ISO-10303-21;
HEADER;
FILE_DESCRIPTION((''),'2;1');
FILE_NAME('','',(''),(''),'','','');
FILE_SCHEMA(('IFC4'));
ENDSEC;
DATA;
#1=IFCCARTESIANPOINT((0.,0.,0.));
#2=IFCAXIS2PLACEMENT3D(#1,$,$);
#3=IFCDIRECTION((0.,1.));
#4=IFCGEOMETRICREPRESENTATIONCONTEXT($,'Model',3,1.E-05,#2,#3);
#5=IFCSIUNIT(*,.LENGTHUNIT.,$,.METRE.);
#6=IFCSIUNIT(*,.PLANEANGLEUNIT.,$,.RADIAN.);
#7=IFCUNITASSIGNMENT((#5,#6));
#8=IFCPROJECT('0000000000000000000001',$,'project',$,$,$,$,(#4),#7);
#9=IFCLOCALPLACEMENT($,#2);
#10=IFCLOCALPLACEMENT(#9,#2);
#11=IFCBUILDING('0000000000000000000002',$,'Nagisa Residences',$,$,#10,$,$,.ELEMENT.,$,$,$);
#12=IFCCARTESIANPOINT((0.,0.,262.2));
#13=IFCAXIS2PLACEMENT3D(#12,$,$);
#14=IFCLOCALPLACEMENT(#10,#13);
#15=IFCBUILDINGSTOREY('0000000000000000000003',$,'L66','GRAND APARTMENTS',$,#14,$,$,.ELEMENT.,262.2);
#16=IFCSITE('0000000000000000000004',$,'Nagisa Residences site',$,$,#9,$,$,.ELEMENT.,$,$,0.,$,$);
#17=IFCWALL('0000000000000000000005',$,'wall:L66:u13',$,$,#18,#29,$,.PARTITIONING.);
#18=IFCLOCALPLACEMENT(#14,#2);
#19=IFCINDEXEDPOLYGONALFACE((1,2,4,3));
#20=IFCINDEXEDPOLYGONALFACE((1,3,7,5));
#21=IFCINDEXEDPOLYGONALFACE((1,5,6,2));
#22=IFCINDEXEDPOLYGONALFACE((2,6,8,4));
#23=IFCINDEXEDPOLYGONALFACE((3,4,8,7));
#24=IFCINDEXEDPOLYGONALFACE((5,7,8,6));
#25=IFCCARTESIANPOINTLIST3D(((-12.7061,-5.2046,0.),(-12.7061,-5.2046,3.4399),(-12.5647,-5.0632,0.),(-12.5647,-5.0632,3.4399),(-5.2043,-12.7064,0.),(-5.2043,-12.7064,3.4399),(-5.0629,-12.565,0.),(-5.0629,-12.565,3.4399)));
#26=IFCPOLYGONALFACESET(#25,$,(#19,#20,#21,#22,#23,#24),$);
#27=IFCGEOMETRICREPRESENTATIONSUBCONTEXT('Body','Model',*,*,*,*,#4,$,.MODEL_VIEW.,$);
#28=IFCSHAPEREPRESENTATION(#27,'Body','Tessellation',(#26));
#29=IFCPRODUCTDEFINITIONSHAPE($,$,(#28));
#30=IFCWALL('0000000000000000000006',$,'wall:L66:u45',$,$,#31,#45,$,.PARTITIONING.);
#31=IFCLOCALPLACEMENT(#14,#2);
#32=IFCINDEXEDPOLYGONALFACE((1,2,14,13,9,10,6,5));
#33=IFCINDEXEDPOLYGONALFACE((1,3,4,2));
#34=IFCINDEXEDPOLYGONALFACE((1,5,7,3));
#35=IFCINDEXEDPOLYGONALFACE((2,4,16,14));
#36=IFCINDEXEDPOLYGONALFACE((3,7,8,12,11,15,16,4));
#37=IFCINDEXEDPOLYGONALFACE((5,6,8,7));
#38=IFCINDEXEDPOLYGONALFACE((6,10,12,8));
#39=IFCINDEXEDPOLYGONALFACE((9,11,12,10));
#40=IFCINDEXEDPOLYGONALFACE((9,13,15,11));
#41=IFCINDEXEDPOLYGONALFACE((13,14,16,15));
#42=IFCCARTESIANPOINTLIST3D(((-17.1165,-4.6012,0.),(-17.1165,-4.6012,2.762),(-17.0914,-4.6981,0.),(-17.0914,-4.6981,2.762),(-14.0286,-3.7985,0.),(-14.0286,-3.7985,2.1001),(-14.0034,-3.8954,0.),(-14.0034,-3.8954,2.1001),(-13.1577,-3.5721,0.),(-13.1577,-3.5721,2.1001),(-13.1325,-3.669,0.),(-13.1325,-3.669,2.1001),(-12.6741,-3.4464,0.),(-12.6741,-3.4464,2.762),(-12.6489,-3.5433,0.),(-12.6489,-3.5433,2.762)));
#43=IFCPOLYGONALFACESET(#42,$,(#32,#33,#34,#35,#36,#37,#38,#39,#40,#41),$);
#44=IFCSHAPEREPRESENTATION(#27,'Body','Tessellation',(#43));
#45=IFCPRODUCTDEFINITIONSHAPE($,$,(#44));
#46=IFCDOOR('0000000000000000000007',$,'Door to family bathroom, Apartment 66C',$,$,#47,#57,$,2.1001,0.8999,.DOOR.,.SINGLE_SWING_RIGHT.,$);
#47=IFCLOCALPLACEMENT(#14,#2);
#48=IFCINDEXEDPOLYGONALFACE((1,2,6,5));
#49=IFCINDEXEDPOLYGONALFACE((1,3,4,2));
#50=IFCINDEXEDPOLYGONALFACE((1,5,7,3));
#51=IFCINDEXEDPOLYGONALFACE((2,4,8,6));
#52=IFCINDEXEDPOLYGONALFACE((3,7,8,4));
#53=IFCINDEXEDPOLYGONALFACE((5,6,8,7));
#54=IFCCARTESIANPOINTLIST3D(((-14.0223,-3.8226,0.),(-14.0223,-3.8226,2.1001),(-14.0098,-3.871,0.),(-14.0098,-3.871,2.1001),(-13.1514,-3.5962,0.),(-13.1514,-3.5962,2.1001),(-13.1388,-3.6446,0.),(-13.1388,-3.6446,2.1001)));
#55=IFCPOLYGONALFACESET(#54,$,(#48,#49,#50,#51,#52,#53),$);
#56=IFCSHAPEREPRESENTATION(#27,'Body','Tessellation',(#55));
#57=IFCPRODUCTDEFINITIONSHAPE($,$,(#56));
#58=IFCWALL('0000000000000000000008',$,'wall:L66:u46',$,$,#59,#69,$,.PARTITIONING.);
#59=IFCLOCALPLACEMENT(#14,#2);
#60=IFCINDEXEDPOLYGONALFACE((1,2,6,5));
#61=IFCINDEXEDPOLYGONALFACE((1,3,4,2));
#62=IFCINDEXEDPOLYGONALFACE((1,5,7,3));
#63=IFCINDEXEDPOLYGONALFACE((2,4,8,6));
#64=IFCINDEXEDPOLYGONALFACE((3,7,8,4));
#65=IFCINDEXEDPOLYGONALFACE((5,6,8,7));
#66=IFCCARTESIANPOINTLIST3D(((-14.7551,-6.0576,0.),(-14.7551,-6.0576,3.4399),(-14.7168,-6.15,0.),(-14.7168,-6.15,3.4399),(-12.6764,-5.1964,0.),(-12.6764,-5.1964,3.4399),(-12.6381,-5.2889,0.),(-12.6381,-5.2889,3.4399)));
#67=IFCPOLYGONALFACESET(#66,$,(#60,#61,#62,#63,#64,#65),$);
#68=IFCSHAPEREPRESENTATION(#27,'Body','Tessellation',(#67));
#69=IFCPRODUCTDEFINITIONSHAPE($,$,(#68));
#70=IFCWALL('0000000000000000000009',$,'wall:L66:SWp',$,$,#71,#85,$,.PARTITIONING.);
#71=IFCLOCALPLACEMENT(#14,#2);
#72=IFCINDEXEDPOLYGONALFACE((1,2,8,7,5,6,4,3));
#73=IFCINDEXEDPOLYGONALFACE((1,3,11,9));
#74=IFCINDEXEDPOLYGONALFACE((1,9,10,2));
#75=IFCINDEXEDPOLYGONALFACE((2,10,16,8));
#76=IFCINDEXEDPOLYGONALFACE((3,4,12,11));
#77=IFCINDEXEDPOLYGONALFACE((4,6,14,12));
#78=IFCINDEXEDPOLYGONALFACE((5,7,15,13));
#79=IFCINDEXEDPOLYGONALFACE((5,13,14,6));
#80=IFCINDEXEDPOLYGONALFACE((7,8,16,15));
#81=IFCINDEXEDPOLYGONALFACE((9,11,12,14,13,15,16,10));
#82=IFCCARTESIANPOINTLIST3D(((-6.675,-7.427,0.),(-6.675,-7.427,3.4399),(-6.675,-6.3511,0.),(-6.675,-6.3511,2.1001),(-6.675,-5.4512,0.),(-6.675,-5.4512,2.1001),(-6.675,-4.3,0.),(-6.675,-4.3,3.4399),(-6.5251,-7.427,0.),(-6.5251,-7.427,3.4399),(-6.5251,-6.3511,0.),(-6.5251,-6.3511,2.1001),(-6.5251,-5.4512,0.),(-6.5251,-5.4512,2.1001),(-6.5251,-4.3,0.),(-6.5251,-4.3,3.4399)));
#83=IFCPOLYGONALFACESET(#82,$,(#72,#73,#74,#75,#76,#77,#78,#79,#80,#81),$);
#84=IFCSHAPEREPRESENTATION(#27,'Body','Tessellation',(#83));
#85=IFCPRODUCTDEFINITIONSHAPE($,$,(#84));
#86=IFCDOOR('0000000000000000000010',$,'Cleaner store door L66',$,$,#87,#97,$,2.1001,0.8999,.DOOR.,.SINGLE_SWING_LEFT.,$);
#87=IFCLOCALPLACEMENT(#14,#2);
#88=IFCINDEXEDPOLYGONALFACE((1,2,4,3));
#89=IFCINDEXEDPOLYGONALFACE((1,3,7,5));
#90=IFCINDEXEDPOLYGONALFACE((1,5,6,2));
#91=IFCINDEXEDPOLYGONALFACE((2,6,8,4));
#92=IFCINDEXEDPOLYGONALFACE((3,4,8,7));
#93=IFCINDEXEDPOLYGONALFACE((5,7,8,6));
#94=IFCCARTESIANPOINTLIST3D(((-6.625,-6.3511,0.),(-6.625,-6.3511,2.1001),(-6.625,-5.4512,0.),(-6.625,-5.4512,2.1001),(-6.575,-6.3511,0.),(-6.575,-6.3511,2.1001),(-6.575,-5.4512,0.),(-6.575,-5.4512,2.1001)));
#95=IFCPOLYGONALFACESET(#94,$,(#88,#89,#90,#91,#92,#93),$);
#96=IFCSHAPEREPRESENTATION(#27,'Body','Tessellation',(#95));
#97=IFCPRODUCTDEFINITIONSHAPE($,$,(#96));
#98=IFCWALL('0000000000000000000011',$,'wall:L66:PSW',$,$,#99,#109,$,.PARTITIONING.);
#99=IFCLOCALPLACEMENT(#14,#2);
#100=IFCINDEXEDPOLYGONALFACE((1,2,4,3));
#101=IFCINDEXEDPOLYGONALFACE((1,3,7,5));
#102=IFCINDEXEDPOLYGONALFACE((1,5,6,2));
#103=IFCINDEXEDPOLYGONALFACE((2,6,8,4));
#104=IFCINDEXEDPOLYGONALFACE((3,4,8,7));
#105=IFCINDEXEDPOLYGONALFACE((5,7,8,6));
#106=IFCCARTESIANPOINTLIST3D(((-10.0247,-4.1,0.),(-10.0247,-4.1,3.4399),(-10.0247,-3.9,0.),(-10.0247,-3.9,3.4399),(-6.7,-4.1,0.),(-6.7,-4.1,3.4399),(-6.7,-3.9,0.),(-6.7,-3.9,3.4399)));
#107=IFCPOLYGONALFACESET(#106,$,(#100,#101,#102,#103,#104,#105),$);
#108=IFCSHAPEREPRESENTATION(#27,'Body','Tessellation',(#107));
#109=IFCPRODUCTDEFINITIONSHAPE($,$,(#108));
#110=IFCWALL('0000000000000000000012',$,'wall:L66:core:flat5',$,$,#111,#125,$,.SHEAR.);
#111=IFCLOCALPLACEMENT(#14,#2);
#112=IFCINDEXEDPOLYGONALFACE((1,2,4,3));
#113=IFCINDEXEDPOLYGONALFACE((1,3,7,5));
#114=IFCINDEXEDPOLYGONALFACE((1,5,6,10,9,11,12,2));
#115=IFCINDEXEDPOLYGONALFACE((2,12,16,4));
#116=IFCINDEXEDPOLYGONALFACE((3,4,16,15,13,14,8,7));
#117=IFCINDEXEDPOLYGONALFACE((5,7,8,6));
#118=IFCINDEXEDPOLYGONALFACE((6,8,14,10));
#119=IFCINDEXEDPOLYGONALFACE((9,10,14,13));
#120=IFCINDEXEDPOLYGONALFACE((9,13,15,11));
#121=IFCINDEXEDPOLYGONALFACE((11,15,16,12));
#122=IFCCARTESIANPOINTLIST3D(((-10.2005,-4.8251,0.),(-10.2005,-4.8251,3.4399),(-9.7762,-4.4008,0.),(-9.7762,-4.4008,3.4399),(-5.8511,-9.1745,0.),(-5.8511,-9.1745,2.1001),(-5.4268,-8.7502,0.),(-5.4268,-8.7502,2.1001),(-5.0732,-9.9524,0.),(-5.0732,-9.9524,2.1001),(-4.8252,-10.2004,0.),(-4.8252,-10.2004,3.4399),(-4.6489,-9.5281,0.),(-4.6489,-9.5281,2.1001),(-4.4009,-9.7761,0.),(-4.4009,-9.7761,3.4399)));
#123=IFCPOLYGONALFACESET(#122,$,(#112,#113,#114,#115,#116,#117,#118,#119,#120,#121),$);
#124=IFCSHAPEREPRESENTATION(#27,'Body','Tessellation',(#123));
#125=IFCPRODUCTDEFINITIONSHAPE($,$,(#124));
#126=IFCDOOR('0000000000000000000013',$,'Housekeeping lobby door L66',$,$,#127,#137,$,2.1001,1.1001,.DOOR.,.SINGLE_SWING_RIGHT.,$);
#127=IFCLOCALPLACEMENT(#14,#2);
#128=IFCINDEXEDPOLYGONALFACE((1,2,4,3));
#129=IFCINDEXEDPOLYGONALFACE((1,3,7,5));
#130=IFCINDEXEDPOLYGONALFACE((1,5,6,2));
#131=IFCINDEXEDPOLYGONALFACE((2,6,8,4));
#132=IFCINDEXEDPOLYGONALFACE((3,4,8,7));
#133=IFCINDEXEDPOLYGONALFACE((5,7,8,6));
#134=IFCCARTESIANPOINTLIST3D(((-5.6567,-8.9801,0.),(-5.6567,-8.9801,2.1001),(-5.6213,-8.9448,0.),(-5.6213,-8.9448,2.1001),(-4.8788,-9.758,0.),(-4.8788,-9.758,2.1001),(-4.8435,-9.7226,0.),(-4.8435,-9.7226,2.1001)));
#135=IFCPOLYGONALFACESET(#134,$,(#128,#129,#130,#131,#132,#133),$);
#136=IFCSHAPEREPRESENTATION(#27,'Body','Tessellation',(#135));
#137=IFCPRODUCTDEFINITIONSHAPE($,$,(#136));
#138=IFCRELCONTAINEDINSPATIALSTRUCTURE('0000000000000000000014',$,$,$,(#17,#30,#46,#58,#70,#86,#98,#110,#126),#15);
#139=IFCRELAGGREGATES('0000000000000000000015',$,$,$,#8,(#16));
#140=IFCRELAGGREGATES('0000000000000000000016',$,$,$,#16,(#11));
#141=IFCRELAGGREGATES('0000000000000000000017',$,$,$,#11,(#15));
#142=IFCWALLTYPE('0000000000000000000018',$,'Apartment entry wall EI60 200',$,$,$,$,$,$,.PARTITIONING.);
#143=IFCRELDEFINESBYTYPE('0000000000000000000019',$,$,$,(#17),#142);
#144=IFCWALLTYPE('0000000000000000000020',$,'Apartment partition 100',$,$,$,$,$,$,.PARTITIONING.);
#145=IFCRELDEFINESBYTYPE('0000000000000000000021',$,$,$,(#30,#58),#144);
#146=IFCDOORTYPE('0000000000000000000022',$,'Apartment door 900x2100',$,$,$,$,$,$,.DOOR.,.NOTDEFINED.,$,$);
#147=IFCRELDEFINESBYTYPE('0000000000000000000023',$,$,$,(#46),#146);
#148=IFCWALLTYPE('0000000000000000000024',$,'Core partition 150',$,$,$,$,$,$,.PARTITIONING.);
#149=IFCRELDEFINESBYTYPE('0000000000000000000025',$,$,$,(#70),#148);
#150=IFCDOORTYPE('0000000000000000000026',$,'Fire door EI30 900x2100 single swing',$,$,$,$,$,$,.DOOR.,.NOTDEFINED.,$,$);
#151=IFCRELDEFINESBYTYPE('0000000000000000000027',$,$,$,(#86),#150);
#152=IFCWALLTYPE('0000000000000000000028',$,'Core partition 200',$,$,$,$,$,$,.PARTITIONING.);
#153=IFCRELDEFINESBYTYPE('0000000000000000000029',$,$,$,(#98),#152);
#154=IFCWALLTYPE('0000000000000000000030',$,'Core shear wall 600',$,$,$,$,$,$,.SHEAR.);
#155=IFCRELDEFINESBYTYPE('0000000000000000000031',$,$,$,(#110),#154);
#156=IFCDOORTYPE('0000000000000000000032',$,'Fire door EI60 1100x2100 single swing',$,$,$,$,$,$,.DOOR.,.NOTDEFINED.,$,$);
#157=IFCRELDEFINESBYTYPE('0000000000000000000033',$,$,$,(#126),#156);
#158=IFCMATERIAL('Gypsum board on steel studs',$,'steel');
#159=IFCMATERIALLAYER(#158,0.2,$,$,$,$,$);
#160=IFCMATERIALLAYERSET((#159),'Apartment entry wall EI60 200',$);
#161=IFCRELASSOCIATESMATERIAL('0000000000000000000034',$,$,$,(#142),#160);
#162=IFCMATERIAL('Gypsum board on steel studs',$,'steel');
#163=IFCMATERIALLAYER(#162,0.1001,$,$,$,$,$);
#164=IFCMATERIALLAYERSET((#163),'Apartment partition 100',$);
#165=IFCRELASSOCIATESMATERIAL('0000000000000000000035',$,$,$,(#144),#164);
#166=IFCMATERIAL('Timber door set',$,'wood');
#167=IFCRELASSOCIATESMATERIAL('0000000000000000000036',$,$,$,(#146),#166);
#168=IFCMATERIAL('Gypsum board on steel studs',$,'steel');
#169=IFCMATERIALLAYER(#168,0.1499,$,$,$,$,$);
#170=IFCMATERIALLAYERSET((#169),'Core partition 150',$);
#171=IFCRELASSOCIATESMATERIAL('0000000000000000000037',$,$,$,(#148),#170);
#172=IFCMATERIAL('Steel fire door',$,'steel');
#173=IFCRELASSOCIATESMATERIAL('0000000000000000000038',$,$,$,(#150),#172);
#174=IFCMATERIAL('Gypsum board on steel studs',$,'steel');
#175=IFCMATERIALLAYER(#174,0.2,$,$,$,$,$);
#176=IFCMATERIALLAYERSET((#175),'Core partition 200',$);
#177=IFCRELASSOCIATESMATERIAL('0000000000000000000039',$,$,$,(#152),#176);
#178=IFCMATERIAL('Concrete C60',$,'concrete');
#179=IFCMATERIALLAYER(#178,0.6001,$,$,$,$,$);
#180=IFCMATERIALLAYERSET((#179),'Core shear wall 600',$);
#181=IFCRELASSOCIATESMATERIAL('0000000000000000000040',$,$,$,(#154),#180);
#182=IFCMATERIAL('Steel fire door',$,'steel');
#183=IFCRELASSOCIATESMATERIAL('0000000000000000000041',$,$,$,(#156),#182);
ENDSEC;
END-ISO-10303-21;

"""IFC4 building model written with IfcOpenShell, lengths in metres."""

from ifc_helpers import new_model, si_unit, direction, frame, frame_2d, origin, place, context, subcontext, project, spatial, rectangle, extrude, material, layer, layer_set, type_object, element, fill, save


model = new_model("IFC4")

# Units and contexts
model_context = context("Model", 3, precision=1e-05, world=origin(), true_north=direction((0.0, 1.0)))
body_context = subcontext(model_context, "Body", "Model", "MODEL_VIEW")
ifc_project = project(units=[si_unit("LENGTHUNIT", "METRE"), si_unit("PLANEANGLEUNIT", "RADIAN")], contexts=[model_context])

# Site, building, storey
site_placement = place(None, origin())
site = spatial("IfcSite", under=ifc_project, at=site_placement, Name="Nagisa Residences site", CompositionType="ELEMENT", RefElevation=0.0)
building_placement = place(site_placement, origin())
building = spatial("IfcBuilding", under=site, at=building_placement, Name="Nagisa Residences", CompositionType="ELEMENT")
storey_placement = place(building_placement, frame((0.0, 0.0, 262.2)))
storey = spatial("IfcBuildingStorey", under=building, at=storey_placement, Name="L66", Description="GRAND APARTMENTS", CompositionType="ELEMENT", Elevation=262.2)

# Wall
ifc_material_1 = material(Name="Gypsum board on steel studs", Category="steel")
ifc_layer_1 = layer(ifc_material_1, 0.2)
ifc_layer_set_1 = layer_set([ifc_layer_1], Name="Apartment entry wall EI60 200")
wall_type_1 = type_object("IfcWallType", Name="Apartment entry wall EI60 200", PredefinedType="PARTITIONING", material=ifc_layer_set_1)
wall_1_placement = place(storey_placement, frame((-12.6355, -5.1338, 0.0), z_axis=(0.0, 0.0, 1.0), x_axis=(0.707107, -0.707107, 0.0)))
element("IfcWall", 1, at=wall_1_placement, inside=storey, type_object=wall_type_1, Name="wall:L66:u13", PredefinedType="PARTITIONING", context=body_context, shape_type="SweptSolid", body=[
    extrude(rectangle(XDim=10.6091, YDim=0.2, at=frame_2d((5.3047, 0.0))), origin(), (0.0, 0.0, 1.0), 3.4399),
])

# Wall, opening, door
ifc_material_2 = material(Name="Gypsum board on steel studs", Category="steel")
ifc_layer_2 = layer(ifc_material_2, 0.1001)
ifc_layer_set_2 = layer_set([ifc_layer_2], Name="Apartment partition 100")
wall_type_2 = type_object("IfcWallType", Name="Apartment partition 100", PredefinedType="PARTITIONING", material=ifc_layer_set_2)
wall_2_placement = place(storey_placement, frame((-12.6616, -3.4949, 0.0), z_axis=(0.0, 0.0, 1.0), x_axis=(-0.967835, -0.251586, 0.0)))
wall_2 = element("IfcWall", 2, at=wall_2_placement, inside=storey, type_object=wall_type_2, Name="wall:L66:u45", PredefinedType="PARTITIONING", context=body_context, shape_type="SweptSolid", body=[
    extrude(rectangle(XDim=4.5901, YDim=0.1001, at=frame_2d((2.2949, 0.0))), origin(), (0.0, 0.0, 1.0), 2.762),
])
opening_1_placement = place(wall_2_placement, frame((0.4995, 0.0, 0.0)))
opening_1 = element("IfcOpeningElement", 3, at=opening_1_placement, cuts=wall_2, PredefinedType="OPENING", context=body_context, shape_type="SweptSolid", body=[
    extrude(rectangle(XDim=0.8999, YDim=2.1001, at=frame_2d((0.45, 1.05))), frame((0.0, 0.0601, 0.0), z_axis=(0.0, -1.0, 0.0), x_axis=(1.0, 0.0, 0.0)), (0.0, 0.0, 1.0), 0.1201),
])
ifc_material_3 = material(Name="Timber door set", Category="wood")
door_type_1 = type_object("IfcDoorType", Name="Apartment door 900x2100", OperationType="NOTDEFINED", PredefinedType="DOOR", material=ifc_material_3)
door_1_placement = place(opening_1_placement, origin())
door_1 = element("IfcDoor", 4, at=door_1_placement, inside=storey, type_object=door_type_1, Name="Door to family bathroom, Apartment 66C", OperationType="SINGLE_SWING_RIGHT", OverallHeight=2.1001, OverallWidth=0.8999, PredefinedType="DOOR", context=body_context, shape_type="SweptSolid", body=[
    extrude(rectangle(XDim=0.8999, YDim=2.1001, at=frame_2d((0.45, 1.05))), frame((0.0, 0.0249, 0.0), z_axis=(0.0, -1.0, 0.0), x_axis=(1.0, 0.0, 0.0)), (0.0, 0.0, 1.0), 0.05),
])
fill(opening_1, door_1)

# Wall
wall_3_placement = place(storey_placement, frame((-12.6572, -5.2427, 0.0), z_axis=(0.0, 0.0, 1.0), x_axis=(-0.923865, -0.382719, 0.0)))
element("IfcWall", 5, at=wall_3_placement, inside=storey, type_object=wall_type_2, Name="wall:L66:u46", PredefinedType="PARTITIONING", context=body_context, shape_type="SweptSolid", body=[
    extrude(rectangle(XDim=2.25, YDim=0.1001, at=frame_2d((1.125, 0.0))), origin(), (0.0, 0.0, 1.0), 3.4399),
])

# Wall, opening, door
ifc_material_4 = material(Name="Gypsum board on steel studs", Category="steel")
ifc_layer_3 = layer(ifc_material_4, 0.1499)
ifc_layer_set_3 = layer_set([ifc_layer_3], Name="Core partition 150")
wall_type_3 = type_object("IfcWallType", Name="Core partition 150", PredefinedType="PARTITIONING", material=ifc_layer_set_3)
wall_4_placement = place(storey_placement, frame((-6.6001, -7.427, 0.0), z_axis=(0.0, 0.0, 1.0), x_axis=(0.0, 1.0, 0.0)))
wall_4 = element("IfcWall", 6, at=wall_4_placement, inside=storey, type_object=wall_type_3, Name="wall:L66:SWp", PredefinedType="PARTITIONING", context=body_context, shape_type="SweptSolid", body=[
    extrude(rectangle(XDim=3.127, YDim=0.1499, at=frame_2d((1.5635, 0.0))), origin(), (0.0, 0.0, 1.0), 3.4399),
])
opening_2_placement = place(wall_4_placement, frame((1.0759, 0.0, 0.0)))
opening_2 = element("IfcOpeningElement", 7, at=opening_2_placement, cuts=wall_4, PredefinedType="OPENING", context=body_context, shape_type="SweptSolid", body=[
    extrude(rectangle(XDim=0.8999, YDim=2.1001, at=frame_2d((0.45, 1.05))), frame((0.0, 0.085, 0.0), z_axis=(0.0, -1.0, 0.0), x_axis=(1.0, 0.0, 0.0)), (0.0, 0.0, 1.0), 0.1699),
])
ifc_material_5 = material(Name="Steel fire door", Category="steel")
door_type_2 = type_object("IfcDoorType", Name="Fire door EI30 900x2100 single swing", OperationType="NOTDEFINED", PredefinedType="DOOR", material=ifc_material_5)
door_2_placement = place(opening_2_placement, origin())
door_2 = element("IfcDoor", 8, at=door_2_placement, inside=storey, type_object=door_type_2, Name="Cleaner store door L66", OperationType="SINGLE_SWING_LEFT", OverallHeight=2.1001, OverallWidth=0.8999, PredefinedType="DOOR", context=body_context, shape_type="SweptSolid", body=[
    extrude(rectangle(XDim=0.8999, YDim=2.1001, at=frame_2d((0.45, 1.05))), frame((0.0, 0.0249, 0.0), z_axis=(0.0, -1.0, 0.0), x_axis=(1.0, 0.0, 0.0)), (0.0, 0.0, 1.0), 0.05),
])
fill(opening_2, door_2)

# Wall
ifc_material_6 = material(Name="Gypsum board on steel studs", Category="steel")
ifc_layer_4 = layer(ifc_material_6, 0.2)
ifc_layer_set_4 = layer_set([ifc_layer_4], Name="Core partition 200")
wall_type_4 = type_object("IfcWallType", Name="Core partition 200", PredefinedType="PARTITIONING", material=ifc_layer_set_4)
wall_5_placement = place(storey_placement, frame((-10.0247, -4.0, 0.0), z_axis=(0.0, 0.0, 1.0), x_axis=(1.0, 0.0, 0.0)))
element("IfcWall", 9, at=wall_5_placement, inside=storey, type_object=wall_type_4, Name="wall:L66:PSW", PredefinedType="PARTITIONING", context=body_context, shape_type="SweptSolid", body=[
    extrude(rectangle(XDim=3.3247, YDim=0.2, at=frame_2d((1.6624, 0.0))), origin(), (0.0, 0.0, 1.0), 3.4399),
])

# Wall, opening, door
ifc_material_7 = material(Name="Concrete C60", Category="concrete")
ifc_layer_5 = layer(ifc_material_7, 0.6001)
ifc_layer_set_5 = layer_set([ifc_layer_5], Name="Core shear wall 600")
wall_type_5 = type_object("IfcWallType", Name="Core shear wall 600", PredefinedType="SHEAR", material=ifc_layer_set_5)
wall_6_placement = place(storey_placement, frame((-9.9883, -4.613, 0.0), z_axis=(0.0, 0.0, 1.0), x_axis=(0.707107, -0.707107, 0.0)))
wall_6 = element("IfcWall", 10, at=wall_6_placement, inside=storey, type_object=wall_type_5, Name="wall:L66:core:flat5", PredefinedType="SHEAR", context=body_context, shape_type="SweptSolid", body=[
    extrude(rectangle(XDim=7.6018, YDim=0.6001, at=frame_2d((3.8008, 0.0))), origin(), (0.0, 0.0, 1.0), 3.4399),
])
opening_3_placement = place(wall_6_placement, frame((6.1509, 0.0, 0.0)))
opening_3 = element("IfcOpeningElement", 11, at=opening_3_placement, cuts=wall_6, PredefinedType="OPENING", context=body_context, shape_type="SweptSolid", body=[
    extrude(rectangle(XDim=1.1001, YDim=2.1001, at=frame_2d((0.55, 1.05))), frame((0.0, 0.3101, 0.0), z_axis=(0.0, -1.0, 0.0), x_axis=(1.0, 0.0, 0.0)), (0.0, 0.0, 1.0), 0.6201),
])
ifc_material_8 = material(Name="Steel fire door", Category="steel")
door_type_3 = type_object("IfcDoorType", Name="Fire door EI60 1100x2100 single swing", OperationType="NOTDEFINED", PredefinedType="DOOR", material=ifc_material_8)
door_3_placement = place(opening_3_placement, origin())
door_3 = element("IfcDoor", 12, at=door_3_placement, inside=storey, type_object=door_type_3, Name="Housekeeping lobby door L66", OperationType="SINGLE_SWING_RIGHT", OverallHeight=2.1001, OverallWidth=1.1001, PredefinedType="DOOR", context=body_context, shape_type="SweptSolid", body=[
    extrude(rectangle(XDim=1.1001, YDim=2.1001, at=frame_2d((0.55, 1.05))), frame((0.0, 0.0249, 0.0), z_axis=(0.0, -1.0, 0.0), x_axis=(1.0, 0.0, 0.0)), (0.0, 0.0, 1.0), 0.05),
])
fill(opening_3, door_3)

save(model, "model.ifc")
